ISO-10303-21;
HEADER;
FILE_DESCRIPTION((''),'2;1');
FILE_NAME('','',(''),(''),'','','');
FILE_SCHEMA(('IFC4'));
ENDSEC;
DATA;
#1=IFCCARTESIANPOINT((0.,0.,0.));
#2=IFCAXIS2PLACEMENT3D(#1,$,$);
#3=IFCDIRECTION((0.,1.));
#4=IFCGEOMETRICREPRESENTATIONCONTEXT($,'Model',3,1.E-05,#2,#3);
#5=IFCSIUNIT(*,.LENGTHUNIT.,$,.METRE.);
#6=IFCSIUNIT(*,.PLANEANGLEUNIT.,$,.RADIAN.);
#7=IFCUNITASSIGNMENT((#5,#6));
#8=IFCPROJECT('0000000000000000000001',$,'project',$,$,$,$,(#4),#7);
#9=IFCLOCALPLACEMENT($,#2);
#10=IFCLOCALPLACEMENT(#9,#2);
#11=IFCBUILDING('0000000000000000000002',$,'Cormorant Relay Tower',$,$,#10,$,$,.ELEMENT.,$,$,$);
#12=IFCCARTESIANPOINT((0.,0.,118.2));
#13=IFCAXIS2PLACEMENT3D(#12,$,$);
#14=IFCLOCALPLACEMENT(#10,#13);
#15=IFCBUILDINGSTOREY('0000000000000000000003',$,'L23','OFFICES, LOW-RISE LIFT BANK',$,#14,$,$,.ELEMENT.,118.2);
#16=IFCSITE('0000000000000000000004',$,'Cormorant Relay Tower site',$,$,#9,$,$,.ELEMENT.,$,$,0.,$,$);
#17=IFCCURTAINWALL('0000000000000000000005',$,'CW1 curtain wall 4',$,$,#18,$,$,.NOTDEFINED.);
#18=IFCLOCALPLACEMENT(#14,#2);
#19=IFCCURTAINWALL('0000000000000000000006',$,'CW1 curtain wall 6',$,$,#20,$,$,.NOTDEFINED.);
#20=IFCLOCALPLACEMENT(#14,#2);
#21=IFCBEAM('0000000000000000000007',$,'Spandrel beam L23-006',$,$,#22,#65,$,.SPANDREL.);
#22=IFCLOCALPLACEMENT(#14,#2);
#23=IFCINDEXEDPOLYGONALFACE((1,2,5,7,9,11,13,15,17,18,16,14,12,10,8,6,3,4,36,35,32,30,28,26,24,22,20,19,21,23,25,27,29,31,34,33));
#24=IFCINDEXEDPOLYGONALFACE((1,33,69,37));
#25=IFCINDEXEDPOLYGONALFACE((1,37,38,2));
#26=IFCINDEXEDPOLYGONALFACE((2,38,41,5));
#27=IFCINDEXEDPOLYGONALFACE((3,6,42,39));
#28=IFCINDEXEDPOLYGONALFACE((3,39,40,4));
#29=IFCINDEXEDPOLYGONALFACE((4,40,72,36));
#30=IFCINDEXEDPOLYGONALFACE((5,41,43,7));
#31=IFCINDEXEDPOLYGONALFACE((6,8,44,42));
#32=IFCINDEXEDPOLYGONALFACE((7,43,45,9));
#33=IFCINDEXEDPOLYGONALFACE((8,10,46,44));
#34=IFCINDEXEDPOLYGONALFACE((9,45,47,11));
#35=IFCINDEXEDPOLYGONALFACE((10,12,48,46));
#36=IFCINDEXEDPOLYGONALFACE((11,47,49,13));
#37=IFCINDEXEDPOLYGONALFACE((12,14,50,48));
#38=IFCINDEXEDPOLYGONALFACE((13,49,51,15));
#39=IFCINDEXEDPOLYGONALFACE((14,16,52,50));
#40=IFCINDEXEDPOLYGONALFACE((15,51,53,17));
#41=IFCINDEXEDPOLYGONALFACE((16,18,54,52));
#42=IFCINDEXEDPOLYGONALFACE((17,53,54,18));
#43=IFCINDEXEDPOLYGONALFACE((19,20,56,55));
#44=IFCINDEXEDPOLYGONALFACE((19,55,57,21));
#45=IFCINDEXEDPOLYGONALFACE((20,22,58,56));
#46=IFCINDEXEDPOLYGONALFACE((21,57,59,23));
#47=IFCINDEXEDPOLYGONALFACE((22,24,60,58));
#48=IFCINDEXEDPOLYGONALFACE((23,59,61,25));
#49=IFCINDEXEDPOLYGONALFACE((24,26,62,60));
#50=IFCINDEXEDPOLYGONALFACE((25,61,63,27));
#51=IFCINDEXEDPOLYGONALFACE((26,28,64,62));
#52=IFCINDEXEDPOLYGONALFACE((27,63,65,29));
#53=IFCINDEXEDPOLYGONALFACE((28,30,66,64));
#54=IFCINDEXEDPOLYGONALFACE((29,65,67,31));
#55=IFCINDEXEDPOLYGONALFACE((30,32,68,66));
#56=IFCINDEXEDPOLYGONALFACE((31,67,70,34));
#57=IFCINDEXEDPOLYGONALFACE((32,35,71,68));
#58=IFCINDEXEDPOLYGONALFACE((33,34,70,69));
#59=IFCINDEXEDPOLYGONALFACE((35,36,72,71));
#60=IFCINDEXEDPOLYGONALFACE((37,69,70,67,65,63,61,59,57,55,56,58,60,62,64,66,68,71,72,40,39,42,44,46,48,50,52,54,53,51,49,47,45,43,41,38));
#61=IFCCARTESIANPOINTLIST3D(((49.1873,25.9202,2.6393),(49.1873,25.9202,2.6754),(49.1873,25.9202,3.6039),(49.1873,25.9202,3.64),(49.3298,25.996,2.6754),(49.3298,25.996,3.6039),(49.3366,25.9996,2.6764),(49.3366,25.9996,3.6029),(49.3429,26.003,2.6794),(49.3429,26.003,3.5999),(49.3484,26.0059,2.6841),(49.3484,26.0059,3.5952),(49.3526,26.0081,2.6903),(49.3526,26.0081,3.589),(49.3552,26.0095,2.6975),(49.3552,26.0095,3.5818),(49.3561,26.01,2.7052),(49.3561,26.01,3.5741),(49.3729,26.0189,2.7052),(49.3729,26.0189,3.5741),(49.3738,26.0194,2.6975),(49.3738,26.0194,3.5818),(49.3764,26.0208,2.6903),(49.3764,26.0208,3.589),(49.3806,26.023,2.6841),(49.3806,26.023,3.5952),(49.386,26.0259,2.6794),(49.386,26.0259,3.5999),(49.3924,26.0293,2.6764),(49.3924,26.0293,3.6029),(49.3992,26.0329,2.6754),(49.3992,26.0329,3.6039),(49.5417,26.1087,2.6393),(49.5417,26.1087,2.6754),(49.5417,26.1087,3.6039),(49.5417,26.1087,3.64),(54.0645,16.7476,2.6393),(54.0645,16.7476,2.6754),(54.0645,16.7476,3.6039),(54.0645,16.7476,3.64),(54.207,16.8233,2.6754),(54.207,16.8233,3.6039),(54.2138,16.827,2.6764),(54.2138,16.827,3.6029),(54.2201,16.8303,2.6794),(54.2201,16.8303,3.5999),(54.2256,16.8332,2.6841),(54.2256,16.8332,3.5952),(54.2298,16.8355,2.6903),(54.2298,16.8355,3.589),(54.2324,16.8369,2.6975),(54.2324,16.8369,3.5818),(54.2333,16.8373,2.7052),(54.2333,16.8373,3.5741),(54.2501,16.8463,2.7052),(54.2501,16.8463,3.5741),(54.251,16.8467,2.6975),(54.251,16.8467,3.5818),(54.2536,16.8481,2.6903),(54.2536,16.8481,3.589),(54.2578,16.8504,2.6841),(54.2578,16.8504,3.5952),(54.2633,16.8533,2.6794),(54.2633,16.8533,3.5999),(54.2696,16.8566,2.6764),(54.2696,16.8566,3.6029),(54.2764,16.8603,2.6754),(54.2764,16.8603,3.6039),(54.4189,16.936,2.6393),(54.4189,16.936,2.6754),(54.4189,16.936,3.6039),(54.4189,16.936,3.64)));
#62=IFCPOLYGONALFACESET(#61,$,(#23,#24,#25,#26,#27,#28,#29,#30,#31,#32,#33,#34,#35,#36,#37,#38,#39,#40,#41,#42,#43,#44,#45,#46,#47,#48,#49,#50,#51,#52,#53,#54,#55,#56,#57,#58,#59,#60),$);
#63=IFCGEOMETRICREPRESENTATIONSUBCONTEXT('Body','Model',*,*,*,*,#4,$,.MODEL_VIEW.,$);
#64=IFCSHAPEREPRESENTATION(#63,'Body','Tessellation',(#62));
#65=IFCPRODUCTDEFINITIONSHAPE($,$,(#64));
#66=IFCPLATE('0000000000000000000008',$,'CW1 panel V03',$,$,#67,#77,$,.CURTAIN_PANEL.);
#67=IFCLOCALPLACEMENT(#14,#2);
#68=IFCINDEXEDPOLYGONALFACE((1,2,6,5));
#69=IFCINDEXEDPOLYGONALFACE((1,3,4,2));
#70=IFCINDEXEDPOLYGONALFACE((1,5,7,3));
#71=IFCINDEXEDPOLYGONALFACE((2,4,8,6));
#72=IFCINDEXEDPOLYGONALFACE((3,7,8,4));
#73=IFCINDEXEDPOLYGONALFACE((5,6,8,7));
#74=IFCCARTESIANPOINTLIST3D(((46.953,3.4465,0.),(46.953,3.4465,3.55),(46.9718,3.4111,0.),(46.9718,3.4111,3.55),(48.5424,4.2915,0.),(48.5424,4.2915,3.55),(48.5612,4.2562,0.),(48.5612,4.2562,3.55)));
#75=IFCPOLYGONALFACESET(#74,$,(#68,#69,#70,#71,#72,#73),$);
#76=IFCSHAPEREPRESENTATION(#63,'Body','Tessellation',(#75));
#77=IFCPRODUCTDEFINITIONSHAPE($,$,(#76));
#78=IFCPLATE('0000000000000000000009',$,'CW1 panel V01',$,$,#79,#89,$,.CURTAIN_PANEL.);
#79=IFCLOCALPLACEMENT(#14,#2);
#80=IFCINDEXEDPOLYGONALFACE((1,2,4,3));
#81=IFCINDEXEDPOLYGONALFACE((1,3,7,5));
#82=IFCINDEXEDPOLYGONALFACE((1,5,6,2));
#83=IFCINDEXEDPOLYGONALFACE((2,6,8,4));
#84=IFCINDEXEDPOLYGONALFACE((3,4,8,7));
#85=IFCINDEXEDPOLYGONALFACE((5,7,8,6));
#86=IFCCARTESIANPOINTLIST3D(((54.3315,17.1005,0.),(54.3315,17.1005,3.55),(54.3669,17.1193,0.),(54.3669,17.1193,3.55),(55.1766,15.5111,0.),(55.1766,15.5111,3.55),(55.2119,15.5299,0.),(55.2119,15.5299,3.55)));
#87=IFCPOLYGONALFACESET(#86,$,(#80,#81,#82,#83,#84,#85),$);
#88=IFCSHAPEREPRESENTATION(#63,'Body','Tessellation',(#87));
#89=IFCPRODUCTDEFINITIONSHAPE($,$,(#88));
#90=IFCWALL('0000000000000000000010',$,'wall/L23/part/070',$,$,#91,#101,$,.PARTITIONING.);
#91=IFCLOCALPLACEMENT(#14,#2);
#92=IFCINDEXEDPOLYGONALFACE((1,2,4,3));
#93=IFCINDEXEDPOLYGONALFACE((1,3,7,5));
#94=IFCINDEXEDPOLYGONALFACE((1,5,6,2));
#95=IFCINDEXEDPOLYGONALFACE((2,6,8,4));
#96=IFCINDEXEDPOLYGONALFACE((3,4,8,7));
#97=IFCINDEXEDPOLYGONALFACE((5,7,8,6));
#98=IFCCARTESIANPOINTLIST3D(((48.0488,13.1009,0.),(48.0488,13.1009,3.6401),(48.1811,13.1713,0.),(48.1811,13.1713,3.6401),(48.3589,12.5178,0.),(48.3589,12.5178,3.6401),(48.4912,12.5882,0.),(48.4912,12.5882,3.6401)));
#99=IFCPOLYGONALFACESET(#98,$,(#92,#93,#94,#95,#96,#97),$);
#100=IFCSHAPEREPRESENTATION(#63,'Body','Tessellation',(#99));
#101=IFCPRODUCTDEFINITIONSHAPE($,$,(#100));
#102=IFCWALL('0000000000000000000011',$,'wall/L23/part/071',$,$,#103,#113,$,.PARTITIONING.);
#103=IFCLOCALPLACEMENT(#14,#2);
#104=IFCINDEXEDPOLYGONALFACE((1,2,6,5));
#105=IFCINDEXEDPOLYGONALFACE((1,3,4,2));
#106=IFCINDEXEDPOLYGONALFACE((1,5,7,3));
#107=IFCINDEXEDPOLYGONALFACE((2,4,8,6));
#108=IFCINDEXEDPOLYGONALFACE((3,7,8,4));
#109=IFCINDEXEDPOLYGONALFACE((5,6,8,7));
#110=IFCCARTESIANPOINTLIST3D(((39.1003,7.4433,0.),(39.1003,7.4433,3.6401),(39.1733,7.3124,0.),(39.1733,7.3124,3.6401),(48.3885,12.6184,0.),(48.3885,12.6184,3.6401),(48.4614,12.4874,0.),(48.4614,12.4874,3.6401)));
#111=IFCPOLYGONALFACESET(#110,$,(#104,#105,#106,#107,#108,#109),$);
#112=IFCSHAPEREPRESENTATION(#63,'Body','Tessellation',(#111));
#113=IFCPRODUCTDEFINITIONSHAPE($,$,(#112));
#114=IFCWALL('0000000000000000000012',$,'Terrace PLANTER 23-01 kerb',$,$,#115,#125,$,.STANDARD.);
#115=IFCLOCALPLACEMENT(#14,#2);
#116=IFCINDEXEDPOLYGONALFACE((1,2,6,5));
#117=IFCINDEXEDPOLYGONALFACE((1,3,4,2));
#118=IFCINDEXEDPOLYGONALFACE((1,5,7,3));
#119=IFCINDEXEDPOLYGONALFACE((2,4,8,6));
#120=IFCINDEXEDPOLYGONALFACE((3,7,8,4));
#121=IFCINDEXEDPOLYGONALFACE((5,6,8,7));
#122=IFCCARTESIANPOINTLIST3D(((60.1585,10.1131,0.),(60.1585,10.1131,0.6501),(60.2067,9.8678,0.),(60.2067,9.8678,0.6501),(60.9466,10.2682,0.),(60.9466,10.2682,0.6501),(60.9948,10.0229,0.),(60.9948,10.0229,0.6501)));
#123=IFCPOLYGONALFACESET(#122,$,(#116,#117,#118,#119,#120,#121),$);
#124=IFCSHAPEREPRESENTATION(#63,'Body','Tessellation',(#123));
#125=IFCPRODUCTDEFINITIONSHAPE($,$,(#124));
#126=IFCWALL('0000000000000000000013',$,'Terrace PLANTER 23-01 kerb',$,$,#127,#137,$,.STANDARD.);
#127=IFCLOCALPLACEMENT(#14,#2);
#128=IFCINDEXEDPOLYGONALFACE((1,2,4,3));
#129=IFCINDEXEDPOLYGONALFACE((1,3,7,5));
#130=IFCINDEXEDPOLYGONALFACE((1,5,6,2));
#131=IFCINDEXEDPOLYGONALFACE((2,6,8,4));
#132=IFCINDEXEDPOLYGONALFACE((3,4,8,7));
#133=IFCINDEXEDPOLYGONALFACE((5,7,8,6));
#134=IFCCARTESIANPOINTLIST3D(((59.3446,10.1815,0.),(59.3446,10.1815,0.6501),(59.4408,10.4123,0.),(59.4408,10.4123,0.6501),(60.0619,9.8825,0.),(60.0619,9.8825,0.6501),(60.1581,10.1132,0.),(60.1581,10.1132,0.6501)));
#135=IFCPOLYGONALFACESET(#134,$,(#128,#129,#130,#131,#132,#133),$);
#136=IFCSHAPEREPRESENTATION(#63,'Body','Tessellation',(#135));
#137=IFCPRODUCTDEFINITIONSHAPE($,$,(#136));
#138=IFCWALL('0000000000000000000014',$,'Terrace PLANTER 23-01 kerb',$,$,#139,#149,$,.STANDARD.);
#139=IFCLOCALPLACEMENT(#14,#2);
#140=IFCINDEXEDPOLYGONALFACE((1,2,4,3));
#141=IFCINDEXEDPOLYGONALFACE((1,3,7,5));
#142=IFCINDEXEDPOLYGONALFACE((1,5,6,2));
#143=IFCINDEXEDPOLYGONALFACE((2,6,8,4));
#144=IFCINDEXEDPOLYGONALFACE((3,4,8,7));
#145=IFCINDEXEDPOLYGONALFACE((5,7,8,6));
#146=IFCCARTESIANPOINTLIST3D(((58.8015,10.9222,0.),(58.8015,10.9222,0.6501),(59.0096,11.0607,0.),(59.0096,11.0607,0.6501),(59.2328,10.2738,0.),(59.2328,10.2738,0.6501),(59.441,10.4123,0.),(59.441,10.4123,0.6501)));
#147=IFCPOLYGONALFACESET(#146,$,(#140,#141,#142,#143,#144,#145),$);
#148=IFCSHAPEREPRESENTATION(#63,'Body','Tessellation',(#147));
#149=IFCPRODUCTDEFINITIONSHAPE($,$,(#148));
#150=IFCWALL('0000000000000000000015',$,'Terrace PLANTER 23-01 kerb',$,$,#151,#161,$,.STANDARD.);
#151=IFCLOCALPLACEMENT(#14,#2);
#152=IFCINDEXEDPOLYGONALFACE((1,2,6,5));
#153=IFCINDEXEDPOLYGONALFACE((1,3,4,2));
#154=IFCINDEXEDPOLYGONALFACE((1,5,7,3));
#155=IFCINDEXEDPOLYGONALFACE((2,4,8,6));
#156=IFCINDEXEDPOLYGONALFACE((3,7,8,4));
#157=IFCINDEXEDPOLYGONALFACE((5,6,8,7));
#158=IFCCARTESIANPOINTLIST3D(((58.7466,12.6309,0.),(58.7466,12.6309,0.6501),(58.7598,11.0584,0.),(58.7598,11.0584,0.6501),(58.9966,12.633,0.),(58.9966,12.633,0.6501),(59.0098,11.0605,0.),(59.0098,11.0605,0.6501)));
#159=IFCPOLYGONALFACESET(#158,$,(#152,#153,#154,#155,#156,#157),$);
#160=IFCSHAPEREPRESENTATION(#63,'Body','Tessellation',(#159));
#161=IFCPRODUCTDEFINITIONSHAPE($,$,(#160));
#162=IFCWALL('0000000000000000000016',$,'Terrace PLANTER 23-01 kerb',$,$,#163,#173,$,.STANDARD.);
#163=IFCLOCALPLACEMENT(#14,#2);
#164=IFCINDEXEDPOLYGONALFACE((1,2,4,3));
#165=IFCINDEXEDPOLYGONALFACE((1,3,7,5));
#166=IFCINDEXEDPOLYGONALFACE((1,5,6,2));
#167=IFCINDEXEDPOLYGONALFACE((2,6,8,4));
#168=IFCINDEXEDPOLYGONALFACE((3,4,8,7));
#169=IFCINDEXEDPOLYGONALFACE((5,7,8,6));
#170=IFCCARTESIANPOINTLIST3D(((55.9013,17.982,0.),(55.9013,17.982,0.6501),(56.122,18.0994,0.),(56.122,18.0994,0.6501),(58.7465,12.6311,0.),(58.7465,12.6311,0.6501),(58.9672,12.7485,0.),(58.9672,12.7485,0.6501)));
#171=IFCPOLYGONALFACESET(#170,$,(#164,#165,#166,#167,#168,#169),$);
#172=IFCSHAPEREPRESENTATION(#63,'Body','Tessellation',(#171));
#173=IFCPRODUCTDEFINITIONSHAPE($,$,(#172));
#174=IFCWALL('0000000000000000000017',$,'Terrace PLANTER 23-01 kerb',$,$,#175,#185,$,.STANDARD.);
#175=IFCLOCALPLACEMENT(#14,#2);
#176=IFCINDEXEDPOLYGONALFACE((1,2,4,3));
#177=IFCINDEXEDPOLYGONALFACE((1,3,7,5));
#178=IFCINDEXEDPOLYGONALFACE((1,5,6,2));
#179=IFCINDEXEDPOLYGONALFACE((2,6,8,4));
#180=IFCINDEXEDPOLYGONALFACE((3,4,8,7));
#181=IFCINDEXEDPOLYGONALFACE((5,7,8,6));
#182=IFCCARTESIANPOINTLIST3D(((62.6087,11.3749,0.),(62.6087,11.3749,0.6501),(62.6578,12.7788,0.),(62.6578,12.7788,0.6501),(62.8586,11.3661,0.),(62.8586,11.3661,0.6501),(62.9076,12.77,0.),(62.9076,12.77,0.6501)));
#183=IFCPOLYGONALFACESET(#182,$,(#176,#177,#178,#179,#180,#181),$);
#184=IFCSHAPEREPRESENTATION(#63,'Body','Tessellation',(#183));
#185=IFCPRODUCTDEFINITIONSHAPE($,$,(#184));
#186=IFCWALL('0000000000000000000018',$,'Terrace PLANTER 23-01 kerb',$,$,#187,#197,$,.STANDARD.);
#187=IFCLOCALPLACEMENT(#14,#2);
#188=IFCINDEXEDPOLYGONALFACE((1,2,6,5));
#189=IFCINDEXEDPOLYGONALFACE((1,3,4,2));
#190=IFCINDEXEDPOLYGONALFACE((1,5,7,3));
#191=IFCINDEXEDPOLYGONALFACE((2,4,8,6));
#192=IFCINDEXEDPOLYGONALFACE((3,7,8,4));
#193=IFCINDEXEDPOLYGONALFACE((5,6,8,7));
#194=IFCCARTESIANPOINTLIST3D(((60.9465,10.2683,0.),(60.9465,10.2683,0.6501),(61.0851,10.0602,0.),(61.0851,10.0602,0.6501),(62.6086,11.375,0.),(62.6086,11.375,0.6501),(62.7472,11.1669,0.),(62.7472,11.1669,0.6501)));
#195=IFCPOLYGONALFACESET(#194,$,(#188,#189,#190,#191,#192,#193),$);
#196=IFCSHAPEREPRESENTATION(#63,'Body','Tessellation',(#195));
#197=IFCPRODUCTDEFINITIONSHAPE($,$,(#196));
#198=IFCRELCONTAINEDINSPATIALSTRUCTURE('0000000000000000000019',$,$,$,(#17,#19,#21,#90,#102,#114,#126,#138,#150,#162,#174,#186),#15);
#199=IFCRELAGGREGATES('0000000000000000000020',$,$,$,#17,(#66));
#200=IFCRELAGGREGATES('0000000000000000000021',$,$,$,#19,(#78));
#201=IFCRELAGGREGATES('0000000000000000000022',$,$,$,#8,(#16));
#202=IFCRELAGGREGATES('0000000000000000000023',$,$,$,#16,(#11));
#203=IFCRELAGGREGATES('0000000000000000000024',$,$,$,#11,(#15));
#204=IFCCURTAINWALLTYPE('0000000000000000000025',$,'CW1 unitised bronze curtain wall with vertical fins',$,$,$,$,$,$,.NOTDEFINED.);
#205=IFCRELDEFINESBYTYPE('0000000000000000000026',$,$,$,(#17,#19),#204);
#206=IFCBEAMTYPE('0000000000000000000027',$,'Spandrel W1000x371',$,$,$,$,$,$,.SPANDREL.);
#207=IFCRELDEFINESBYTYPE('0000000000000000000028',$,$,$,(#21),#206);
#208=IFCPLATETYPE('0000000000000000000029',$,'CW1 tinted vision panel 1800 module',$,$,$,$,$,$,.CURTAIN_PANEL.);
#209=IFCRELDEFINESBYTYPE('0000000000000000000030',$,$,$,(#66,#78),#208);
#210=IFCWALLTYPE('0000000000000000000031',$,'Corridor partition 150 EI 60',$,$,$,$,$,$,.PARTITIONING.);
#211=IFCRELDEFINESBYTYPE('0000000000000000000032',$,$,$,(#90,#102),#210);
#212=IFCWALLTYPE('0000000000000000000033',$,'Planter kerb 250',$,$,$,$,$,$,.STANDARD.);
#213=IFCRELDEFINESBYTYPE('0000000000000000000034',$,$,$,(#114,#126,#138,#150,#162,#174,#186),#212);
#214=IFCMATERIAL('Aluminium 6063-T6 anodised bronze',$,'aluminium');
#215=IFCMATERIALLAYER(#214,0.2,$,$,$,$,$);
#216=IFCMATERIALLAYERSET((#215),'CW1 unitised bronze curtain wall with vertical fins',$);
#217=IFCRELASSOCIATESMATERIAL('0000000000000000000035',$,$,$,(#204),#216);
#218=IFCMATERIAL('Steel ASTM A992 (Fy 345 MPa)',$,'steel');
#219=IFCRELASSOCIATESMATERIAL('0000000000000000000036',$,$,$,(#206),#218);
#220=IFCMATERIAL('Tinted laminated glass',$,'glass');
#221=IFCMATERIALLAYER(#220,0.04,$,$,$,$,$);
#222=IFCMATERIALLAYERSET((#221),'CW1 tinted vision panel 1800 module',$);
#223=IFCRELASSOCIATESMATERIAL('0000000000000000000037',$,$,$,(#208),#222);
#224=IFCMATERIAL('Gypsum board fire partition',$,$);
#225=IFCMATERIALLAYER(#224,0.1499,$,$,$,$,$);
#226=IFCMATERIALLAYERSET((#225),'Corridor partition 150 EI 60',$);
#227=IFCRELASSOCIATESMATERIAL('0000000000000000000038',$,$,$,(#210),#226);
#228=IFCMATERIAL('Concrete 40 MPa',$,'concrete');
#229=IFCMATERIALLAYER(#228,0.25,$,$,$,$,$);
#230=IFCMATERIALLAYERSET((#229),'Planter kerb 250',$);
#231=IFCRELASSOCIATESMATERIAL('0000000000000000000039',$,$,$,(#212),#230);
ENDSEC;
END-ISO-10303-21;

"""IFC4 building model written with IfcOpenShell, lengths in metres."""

from ifc_helpers import new_model, si_unit, direction, frame, frame_2d, origin, origin_2d, place, context, subcontext, project, spatial, rectangle, i_section, extrude, material, layer, layer_set, material_profile, profile_set, type_object, element, aggregate, save


model = new_model("IFC4")

# Units and contexts
model_context = context("Model", 3, precision=1e-05, world=origin(), true_north=direction((0.0, 1.0)))
body_context = subcontext(model_context, "Body", "Model", "MODEL_VIEW")
ifc_project = project(units=[si_unit("LENGTHUNIT", "METRE"), si_unit("PLANEANGLEUNIT", "RADIAN")], contexts=[model_context])

# Site, building, storey
site_placement = place(None, origin())
site = spatial("IfcSite", under=ifc_project, at=site_placement, Name="Cormorant Relay Tower site", CompositionType="ELEMENT", RefElevation=0.0)
building_placement = place(site_placement, origin())
building = spatial("IfcBuilding", under=site, at=building_placement, Name="Cormorant Relay Tower", CompositionType="ELEMENT")
storey_placement = place(building_placement, frame((0.0, 0.0, 118.2)))
storey = spatial("IfcBuildingStorey", under=building, at=storey_placement, Name="L23", Description="OFFICES, LOW-RISE LIFT BANK", CompositionType="ELEMENT", Elevation=118.2)

# Curtain wall
ifc_material_1 = material(Name="Aluminium 6063-T6 anodised bronze", Category="aluminium")
ifc_layer_1 = layer(ifc_material_1, 0.2)
ifc_layer_set_1 = layer_set([ifc_layer_1], Name="CW1 unitised bronze curtain wall with vertical fins")
curtain_wall_type = type_object("IfcCurtainWallType", Name="CW1 unitised bronze curtain wall with vertical fins", PredefinedType="NOTDEFINED", material=ifc_layer_set_1)
curtain_wall_1_placement = place(storey_placement, origin())
curtain_wall_1 = element("IfcCurtainWall", 1, at=curtain_wall_1_placement, inside=storey, type_object=curtain_wall_type, Name="CW1 curtain wall 4", PredefinedType="NOTDEFINED")

# Curtain wall
curtain_wall_2_placement = place(storey_placement, origin())
curtain_wall_2 = element("IfcCurtainWall", 2, at=curtain_wall_2_placement, inside=storey, type_object=curtain_wall_type, Name="CW1 curtain wall 6", PredefinedType="NOTDEFINED")

# Beam
ifc_material_2 = material(Name="Steel ASTM A992 (Fy 345 MPa)", Category="steel")
ifc_material_profile_1 = material_profile(ifc_material_2, i_section(OverallWidth=0.4014, OverallDepth=1.0007, WebThickness=0.019, FlangeThickness=0.0361, FilletRadius=0.0298, at=origin_2d()), Name="W1000x371")
ifc_profile_set_1 = profile_set([ifc_material_profile_1], Name="Steel ASTM A992 (Fy 345 MPa)")
beam_type = type_object("IfcBeamType", Name="Spandrel W1000x371", PredefinedType="SPANDREL", material=ifc_profile_set_1)
beam_1_placement = place(storey_placement, frame((54.2417, 16.8418, 3.1396), z_axis=(-0.469474, 0.882946, 0.0), x_axis=(-0.882946, -0.469474, 0.0)))
element("IfcBeam", 3, at=beam_1_placement, inside=storey, type_object=beam_type, Name="Spandrel beam L23-006", PredefinedType="SPANDREL", context=body_context, shape_type="SweptSolid", body=[
    extrude(i_section(OverallWidth=0.4014, OverallDepth=1.0007, WebThickness=0.019, FlangeThickness=0.0361, FilletRadius=0.0298, at=origin_2d()), origin(), (0.0, 0.0, 1.0), 10.3887),
])

# Plates
ifc_material_3 = material(Name="Tinted laminated glass", Category="glass")
ifc_layer_2 = layer(ifc_material_3, 0.04)
ifc_layer_set_2 = layer_set([ifc_layer_2], Name="CW1 tinted vision panel 1800 module")
plate_type = type_object("IfcPlateType", Name="CW1 tinted vision panel 1800 module", PredefinedType="CURTAIN_PANEL", material=ifc_layer_set_2)
plate_1_placement = place(storey_placement, frame((47.7571, 3.8513, 0.0), z_axis=(0.0, 0.0, 1.0), x_axis=(0.882948, 0.469472, 0.0)))
plate_1 = element("IfcPlate", 4, at=plate_1_placement, type_object=plate_type, Name="CW1 panel V03", PredefinedType="CURTAIN_PANEL", context=body_context, shape_type="SweptSolid", body=[
    extrude(rectangle(XDim=1.8, YDim=0.04, at=origin_2d()), origin(), (0.0, 0.0, 1.0), 3.55),
])
plate_2_placement = place(storey_placement, frame((54.7717, 16.3152, 0.0), z_axis=(0.0, 0.0, 1.0), x_axis=(-0.469472, 0.882948, 0.0)))
plate_2 = element("IfcPlate", 5, at=plate_2_placement, type_object=plate_type, Name="CW1 panel V01", PredefinedType="CURTAIN_PANEL", context=body_context, shape_type="SweptSolid", body=[
    extrude(rectangle(XDim=1.8, YDim=0.04, at=origin_2d()), origin(), (0.0, 0.0, 1.0), 3.55),
])

# Walls
ifc_material_4 = material(Name="Gypsum board fire partition")
ifc_layer_3 = layer(ifc_material_4, 0.1499)
ifc_layer_set_3 = layer_set([ifc_layer_3], Name="Corridor partition 150 EI 60")
wall_type_1 = type_object("IfcWallType", Name="Corridor partition 150 EI 60", PredefinedType="PARTITIONING", material=ifc_layer_set_3)
wall_1_placement = place(storey_placement, frame((48.115, 13.136, 0.0), z_axis=(0.0, 0.0, 1.0), x_axis=(0.469552, -0.882905, 0.0)))
element("IfcWall", 6, at=wall_1_placement, inside=storey, type_object=wall_type_1, Name="wall/L23/part/070", PredefinedType="PARTITIONING", context=body_context, shape_type="SweptSolid", body=[
    extrude(rectangle(XDim=0.6604, YDim=0.1499, at=frame_2d((0.3301, 0.0))), origin(), (0.0, 0.0, 1.0), 3.6401),
])
wall_2_placement = place(storey_placement, frame((48.425, 12.553, 0.0), z_axis=(0.0, 0.0, 1.0), x_axis=(-0.873558, -0.486721, 0.0)))
element("IfcWall", 7, at=wall_2_placement, inside=storey, type_object=wall_type_1, Name="wall/L23/part/071", PredefinedType="PARTITIONING", context=body_context, shape_type="SweptSolid", body=[
    extrude(rectangle(XDim=10.6326, YDim=0.1499, at=frame_2d((5.3164, 0.0))), origin(), (0.0, 0.0, 1.0), 3.6401),
])
ifc_material_5 = material(Name="Concrete 40 MPa", Category="concrete")
ifc_layer_4 = layer(ifc_material_5, 0.25)
ifc_layer_set_4 = layer_set([ifc_layer_4], Name="Planter kerb 250")
wall_type_2 = type_object("IfcWallType", Name="Planter kerb 250", PredefinedType="STANDARD", material=ifc_layer_set_4)
wall_3_placement = place(storey_placement, frame((60.9707, 10.1455, 0.0), z_axis=(0.0, 0.0, 1.0), x_axis=(-0.981195, -0.193017, 0.0)))
element("IfcWall", 8, at=wall_3_placement, inside=storey, type_object=wall_type_2, Name="Terrace PLANTER 23-01 kerb", PredefinedType="STANDARD", context=body_context, shape_type="SweptSolid", body=[
    extrude(rectangle(XDim=0.8032, YDim=0.25, at=frame_2d((0.4016, 0.0))), origin(), (0.0, 0.0, 1.0), 0.6501),
])
wall_4_placement = place(storey_placement, frame((60.1101, 9.9978, 0.0), z_axis=(0.0, 0.0, 1.0), x_axis=(-0.922984, 0.384838, 0.0)))
element("IfcWall", 9, at=wall_4_placement, inside=storey, type_object=wall_type_2, Name="Terrace PLANTER 23-01 kerb", PredefinedType="STANDARD", context=body_context, shape_type="SweptSolid", body=[
    extrude(rectangle(XDim=0.7771, YDim=0.25, at=frame_2d((0.3887, 0.0))), origin(), (0.0, 0.0, 1.0), 0.6501),
])
wall_5_placement = place(storey_placement, frame((59.3369, 10.343, 0.0), z_axis=(0.0, 0.0, 1.0), x_axis=(-0.553904, 0.83258, 0.0)))
element("IfcWall", 10, at=wall_5_placement, inside=storey, type_object=wall_type_2, Name="Terrace PLANTER 23-01 kerb", PredefinedType="STANDARD", context=body_context, shape_type="SweptSolid", body=[
    extrude(rectangle(XDim=0.7788, YDim=0.25, at=frame_2d((0.3894, 0.0))), origin(), (0.0, 0.0, 1.0), 0.6501),
])
wall_6_placement = place(storey_placement, frame((58.8848, 11.0596, 0.0), z_axis=(0.0, 0.0, 1.0), x_axis=(-0.008383, 0.999965, 0.0)))
element("IfcWall", 11, at=wall_6_placement, inside=storey, type_object=wall_type_2, Name="Terrace PLANTER 23-01 kerb", PredefinedType="STANDARD", context=body_context, shape_type="SweptSolid", body=[
    extrude(rectangle(XDim=1.5725, YDim=0.25, at=frame_2d((0.7861, 0.0))), origin(), (0.0, 0.0, 1.0), 0.6501),
])
wall_7_placement = place(storey_placement, frame((58.8569, 12.6897, 0.0), z_axis=(0.0, 0.0, 1.0), x_axis=(-0.469488, 0.882939, 0.0)))
element("IfcWall", 12, at=wall_7_placement, inside=storey, type_object=wall_type_2, Name="Terrace PLANTER 23-01 kerb", PredefinedType="STANDARD", context=body_context, shape_type="SweptSolid", body=[
    extrude(rectangle(XDim=6.0603, YDim=0.25, at=frame_2d((3.0303, 0.0))), origin(), (0.0, 0.0, 1.0), 0.6501),
])
wall_8_placement = place(storey_placement, frame((62.7827, 12.7744, 0.0), z_axis=(0.0, 0.0, 1.0), x_axis=(-0.034935, -0.99939, 0.0)))
element("IfcWall", 13, at=wall_8_placement, inside=storey, type_object=wall_type_2, Name="Terrace PLANTER 23-01 kerb", PredefinedType="STANDARD", context=body_context, shape_type="SweptSolid", body=[
    extrude(rectangle(XDim=1.4048, YDim=0.25, at=frame_2d((0.7024, 0.0))), origin(), (0.0, 0.0, 1.0), 0.6501),
])
wall_9_placement = place(storey_placement, frame((62.678, 11.271, 0.0), z_axis=(0.0, 0.0, 1.0), x_axis=(-0.83237, -0.55422, 0.0)))
element("IfcWall", 14, at=wall_9_placement, inside=storey, type_object=wall_type_2, Name="Terrace PLANTER 23-01 kerb", PredefinedType="STANDARD", context=body_context, shape_type="SweptSolid", body=[
    extrude(rectangle(XDim=1.9968, YDim=0.25, at=frame_2d((0.9985, 0.0))), origin(), (0.0, 0.0, 1.0), 0.6501),
])

aggregate(curtain_wall_1, [plate_1])
aggregate(curtain_wall_2, [plate_2])

save(model, "model.ifc")
